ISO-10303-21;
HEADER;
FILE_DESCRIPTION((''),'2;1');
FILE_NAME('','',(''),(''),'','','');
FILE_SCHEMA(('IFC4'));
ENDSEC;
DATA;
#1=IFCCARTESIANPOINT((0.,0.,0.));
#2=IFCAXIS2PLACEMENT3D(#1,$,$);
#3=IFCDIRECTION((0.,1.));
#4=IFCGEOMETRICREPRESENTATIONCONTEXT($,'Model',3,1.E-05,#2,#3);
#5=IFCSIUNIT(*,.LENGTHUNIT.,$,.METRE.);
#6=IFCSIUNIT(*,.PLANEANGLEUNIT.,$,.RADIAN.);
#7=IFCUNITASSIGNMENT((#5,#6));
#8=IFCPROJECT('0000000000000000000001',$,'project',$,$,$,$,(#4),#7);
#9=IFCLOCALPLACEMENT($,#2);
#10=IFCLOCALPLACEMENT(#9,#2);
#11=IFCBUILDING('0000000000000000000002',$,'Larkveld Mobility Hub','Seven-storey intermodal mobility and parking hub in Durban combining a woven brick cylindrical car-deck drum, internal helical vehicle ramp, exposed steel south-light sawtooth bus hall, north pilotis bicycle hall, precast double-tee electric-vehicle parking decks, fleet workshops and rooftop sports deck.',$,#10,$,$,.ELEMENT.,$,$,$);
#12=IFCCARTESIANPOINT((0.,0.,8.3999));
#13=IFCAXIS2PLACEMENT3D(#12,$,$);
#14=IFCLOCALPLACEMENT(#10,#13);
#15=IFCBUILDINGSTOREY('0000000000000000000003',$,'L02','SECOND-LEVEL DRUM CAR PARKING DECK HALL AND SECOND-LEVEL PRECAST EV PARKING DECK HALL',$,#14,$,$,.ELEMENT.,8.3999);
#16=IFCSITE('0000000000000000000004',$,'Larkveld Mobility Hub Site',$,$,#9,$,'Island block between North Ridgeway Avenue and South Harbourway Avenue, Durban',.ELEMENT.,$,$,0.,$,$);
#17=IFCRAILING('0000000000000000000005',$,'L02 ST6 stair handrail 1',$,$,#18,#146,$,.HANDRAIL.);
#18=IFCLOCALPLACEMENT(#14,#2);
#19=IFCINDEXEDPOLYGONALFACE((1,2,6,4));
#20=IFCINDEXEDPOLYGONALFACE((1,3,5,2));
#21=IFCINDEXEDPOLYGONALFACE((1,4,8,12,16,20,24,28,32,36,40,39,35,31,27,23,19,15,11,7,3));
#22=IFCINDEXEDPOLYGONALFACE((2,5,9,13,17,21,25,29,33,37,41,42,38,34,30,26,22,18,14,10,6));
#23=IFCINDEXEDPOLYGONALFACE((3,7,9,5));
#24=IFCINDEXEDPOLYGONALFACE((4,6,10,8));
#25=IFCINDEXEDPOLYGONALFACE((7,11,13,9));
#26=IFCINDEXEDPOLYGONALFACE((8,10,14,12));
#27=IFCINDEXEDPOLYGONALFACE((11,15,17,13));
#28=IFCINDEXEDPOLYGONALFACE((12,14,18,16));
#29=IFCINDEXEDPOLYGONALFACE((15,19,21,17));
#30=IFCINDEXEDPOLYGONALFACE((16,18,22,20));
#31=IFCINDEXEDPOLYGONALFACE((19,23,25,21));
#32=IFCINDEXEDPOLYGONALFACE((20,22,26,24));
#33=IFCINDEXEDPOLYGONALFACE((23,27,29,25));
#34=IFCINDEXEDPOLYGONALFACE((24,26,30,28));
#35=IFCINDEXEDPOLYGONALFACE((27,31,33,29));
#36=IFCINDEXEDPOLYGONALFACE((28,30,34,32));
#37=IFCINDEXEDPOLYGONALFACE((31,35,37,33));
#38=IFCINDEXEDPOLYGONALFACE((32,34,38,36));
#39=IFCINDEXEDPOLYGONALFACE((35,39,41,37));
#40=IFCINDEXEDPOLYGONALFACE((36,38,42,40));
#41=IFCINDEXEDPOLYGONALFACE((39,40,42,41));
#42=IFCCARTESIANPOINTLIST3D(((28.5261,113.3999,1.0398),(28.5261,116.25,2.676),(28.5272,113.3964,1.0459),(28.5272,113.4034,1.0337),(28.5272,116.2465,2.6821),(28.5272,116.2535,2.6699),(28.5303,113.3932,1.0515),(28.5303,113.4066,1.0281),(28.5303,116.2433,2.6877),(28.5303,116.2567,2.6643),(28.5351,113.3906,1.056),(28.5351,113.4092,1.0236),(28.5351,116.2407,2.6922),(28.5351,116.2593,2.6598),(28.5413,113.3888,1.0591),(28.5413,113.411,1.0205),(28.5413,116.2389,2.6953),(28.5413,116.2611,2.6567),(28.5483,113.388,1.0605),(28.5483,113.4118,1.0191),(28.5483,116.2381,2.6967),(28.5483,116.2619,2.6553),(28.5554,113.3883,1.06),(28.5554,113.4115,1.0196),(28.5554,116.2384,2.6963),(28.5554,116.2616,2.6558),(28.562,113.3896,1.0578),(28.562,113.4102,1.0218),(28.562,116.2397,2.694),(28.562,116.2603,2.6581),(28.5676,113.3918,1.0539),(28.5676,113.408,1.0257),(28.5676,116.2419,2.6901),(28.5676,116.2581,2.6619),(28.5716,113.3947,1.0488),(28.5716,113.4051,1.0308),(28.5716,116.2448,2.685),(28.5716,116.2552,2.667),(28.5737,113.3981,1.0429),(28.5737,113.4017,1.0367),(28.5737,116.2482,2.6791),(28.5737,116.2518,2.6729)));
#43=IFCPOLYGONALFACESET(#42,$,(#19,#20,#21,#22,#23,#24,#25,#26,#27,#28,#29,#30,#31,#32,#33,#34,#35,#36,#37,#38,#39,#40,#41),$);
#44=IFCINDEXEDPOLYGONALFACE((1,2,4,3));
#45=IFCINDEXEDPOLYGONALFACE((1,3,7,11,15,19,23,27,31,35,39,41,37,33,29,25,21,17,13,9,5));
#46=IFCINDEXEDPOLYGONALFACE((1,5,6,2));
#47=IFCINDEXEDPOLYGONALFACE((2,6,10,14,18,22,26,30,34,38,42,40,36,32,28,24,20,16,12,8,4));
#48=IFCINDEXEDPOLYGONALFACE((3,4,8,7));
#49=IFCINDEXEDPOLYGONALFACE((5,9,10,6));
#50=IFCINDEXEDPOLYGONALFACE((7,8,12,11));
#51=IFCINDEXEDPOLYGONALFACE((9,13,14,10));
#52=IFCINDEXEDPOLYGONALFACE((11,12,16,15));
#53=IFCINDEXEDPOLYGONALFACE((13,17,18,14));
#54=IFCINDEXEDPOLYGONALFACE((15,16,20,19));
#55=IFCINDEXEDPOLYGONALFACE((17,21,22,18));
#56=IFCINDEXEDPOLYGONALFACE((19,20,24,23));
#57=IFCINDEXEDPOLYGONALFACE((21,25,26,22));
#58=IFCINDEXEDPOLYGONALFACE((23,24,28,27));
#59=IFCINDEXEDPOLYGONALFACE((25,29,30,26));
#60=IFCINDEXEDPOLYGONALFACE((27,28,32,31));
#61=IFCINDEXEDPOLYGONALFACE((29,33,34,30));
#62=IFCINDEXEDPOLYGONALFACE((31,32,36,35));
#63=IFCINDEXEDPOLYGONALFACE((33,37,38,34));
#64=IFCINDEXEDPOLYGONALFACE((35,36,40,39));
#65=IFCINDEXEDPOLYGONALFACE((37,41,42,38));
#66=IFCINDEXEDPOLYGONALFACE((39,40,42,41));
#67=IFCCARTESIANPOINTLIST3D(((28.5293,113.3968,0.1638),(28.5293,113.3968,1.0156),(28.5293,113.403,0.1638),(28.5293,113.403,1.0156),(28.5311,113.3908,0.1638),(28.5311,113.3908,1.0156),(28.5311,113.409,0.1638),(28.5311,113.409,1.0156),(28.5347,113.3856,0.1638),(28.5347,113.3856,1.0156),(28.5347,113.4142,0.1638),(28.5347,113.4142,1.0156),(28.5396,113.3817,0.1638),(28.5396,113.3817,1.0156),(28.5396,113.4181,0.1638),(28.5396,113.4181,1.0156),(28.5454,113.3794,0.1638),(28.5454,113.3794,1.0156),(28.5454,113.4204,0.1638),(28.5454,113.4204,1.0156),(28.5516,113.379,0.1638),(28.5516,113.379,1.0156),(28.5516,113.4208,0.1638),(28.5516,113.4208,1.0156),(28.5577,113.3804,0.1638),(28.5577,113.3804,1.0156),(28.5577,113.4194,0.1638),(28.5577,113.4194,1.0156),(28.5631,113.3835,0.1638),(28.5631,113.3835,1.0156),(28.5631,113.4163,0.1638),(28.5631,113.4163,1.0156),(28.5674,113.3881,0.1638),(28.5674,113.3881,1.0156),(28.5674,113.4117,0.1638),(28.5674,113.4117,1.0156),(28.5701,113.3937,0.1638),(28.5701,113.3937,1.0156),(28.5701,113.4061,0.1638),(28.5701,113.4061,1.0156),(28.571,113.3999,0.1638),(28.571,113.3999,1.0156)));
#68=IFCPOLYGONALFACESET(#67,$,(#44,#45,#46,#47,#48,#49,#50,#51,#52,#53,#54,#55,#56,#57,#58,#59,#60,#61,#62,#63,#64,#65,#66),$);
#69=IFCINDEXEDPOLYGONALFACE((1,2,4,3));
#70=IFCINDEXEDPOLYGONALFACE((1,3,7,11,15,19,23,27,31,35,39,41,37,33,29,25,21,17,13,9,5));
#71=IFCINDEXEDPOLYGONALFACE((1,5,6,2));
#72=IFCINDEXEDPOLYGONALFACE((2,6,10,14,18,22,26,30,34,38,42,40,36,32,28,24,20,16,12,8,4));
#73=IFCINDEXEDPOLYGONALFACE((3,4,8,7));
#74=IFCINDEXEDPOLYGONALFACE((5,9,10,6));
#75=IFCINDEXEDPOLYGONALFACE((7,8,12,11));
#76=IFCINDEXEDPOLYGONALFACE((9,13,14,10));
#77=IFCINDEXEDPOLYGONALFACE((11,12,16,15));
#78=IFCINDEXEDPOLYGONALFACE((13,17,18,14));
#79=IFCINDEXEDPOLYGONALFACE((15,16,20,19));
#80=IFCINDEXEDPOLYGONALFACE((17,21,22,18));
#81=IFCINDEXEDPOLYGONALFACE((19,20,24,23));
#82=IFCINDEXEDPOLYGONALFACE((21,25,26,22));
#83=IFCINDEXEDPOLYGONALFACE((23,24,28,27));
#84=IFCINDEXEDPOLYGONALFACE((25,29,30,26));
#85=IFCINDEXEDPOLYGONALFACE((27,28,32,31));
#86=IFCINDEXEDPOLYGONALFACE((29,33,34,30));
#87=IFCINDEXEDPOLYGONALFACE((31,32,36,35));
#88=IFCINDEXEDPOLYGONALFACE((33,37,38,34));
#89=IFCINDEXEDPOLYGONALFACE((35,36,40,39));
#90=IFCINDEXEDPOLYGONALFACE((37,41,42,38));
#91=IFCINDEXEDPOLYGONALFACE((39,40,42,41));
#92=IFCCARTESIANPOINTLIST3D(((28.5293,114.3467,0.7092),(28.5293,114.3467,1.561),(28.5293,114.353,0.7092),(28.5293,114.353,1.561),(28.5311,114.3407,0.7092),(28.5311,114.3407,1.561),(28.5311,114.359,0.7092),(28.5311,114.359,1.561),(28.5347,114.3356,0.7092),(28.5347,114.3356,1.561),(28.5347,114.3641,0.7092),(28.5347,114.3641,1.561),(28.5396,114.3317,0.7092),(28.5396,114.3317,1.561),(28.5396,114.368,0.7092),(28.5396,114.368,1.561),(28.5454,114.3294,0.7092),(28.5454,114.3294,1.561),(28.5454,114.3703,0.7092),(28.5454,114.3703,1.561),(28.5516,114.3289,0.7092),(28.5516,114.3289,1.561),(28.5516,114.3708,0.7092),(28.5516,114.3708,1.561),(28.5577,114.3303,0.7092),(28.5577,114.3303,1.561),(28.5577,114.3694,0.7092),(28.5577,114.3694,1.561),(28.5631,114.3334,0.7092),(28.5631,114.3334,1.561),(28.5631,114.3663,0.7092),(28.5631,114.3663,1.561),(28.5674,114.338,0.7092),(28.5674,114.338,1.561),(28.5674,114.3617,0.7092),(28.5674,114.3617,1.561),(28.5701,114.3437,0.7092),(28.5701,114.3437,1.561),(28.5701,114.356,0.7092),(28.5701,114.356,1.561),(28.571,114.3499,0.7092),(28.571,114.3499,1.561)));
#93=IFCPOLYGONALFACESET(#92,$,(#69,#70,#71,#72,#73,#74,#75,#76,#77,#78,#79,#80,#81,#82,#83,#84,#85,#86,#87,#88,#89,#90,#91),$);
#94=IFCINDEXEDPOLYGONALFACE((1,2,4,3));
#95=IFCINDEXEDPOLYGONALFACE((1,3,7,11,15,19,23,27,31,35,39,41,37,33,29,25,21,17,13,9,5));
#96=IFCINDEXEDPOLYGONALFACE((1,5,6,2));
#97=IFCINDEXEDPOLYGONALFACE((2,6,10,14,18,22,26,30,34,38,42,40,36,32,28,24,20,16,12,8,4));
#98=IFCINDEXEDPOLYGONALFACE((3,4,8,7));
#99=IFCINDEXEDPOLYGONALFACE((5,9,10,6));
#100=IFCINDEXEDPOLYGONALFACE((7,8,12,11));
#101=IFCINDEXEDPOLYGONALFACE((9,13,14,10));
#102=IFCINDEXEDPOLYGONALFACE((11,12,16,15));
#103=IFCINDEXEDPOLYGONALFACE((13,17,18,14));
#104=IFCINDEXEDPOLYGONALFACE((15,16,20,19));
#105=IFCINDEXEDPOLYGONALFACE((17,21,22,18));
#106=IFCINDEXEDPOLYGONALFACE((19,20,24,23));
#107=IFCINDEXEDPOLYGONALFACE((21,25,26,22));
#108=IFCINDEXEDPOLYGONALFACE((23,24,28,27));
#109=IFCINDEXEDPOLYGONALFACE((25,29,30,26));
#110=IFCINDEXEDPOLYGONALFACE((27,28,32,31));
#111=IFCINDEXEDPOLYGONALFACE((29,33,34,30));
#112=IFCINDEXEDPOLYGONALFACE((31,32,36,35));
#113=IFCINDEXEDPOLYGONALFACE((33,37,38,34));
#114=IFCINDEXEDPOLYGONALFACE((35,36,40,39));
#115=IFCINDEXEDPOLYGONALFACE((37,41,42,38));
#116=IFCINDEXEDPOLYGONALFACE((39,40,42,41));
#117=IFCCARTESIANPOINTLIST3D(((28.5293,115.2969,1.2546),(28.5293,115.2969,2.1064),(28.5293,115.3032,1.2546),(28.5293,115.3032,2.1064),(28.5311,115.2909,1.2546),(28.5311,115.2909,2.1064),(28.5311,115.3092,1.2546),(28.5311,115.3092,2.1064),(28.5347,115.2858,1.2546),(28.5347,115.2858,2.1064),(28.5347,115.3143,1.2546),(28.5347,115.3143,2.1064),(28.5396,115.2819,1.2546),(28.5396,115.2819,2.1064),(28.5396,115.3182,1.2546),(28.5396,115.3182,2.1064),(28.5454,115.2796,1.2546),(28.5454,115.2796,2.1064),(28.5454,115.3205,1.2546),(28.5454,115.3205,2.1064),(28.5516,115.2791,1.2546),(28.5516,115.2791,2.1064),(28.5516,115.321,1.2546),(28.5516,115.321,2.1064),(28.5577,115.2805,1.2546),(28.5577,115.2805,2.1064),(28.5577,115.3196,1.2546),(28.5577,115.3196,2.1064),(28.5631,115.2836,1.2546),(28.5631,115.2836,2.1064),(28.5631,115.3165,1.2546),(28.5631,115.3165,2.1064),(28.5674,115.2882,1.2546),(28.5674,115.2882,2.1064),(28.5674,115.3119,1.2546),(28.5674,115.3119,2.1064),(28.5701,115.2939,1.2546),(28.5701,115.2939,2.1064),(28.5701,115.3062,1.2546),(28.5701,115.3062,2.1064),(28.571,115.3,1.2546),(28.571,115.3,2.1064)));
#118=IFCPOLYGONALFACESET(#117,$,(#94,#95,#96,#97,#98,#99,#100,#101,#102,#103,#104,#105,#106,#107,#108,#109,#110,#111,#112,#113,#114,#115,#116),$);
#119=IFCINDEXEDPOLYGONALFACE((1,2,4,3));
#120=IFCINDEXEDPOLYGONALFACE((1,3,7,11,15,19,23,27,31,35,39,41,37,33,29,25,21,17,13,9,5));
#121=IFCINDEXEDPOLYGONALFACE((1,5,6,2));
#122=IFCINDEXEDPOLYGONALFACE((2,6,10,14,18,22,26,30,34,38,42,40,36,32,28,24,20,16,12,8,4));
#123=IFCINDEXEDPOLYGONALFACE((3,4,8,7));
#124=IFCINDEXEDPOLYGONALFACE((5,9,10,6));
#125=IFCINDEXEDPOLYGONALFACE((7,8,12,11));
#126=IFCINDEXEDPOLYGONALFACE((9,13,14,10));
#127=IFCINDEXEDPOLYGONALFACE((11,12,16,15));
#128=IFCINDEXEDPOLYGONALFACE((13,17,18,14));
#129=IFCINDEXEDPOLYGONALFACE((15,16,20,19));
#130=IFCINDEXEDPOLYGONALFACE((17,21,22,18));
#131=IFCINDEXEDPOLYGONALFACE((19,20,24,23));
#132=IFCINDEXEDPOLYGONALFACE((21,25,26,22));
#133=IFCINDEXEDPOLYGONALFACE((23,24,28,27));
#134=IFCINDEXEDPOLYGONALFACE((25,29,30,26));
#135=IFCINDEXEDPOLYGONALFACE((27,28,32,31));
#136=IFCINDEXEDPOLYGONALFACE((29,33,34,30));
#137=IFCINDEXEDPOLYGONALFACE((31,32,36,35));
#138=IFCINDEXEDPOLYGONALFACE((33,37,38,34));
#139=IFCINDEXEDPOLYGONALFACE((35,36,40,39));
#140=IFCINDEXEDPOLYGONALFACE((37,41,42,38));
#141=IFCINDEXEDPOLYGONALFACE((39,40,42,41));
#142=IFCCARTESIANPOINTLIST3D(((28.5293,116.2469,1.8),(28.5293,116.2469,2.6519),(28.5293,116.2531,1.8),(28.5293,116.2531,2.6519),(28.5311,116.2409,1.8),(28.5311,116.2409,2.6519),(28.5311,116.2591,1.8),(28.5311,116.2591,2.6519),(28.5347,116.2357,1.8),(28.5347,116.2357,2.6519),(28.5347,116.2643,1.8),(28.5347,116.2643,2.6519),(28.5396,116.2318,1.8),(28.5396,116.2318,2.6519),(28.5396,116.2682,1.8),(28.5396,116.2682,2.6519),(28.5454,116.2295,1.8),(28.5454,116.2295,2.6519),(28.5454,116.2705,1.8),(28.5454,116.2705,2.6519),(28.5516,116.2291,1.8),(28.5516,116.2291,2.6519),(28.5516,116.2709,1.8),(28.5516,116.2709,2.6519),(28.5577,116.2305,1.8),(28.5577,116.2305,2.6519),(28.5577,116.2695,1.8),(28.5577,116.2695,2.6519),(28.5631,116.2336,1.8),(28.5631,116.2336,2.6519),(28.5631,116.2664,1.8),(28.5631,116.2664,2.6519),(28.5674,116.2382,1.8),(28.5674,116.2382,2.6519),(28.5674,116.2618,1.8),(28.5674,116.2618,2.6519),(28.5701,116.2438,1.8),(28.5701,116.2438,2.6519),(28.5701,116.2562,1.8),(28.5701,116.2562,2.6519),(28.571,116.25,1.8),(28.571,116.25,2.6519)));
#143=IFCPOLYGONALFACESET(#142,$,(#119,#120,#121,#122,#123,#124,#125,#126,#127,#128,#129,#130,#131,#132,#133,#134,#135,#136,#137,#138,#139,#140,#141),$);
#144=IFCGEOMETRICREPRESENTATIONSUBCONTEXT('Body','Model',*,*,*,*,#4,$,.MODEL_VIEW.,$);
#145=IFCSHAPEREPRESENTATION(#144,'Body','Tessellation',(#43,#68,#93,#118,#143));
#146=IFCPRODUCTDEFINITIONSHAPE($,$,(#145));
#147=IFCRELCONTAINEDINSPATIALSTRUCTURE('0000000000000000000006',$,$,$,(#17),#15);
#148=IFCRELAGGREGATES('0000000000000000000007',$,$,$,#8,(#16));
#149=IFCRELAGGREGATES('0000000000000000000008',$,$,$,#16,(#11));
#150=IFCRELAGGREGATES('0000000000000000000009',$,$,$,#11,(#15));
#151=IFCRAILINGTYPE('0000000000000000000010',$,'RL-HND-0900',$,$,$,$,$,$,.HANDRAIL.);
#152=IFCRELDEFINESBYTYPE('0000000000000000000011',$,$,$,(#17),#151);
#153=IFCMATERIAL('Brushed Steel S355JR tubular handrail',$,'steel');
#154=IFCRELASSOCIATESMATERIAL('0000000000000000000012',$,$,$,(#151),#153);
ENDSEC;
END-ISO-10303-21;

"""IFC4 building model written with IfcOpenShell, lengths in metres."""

from ifc_helpers import new_model, si_unit, direction, frame, origin, origin_2d, place, context, subcontext, project, spatial, circle, extrude, material, type_object, element, save


model = new_model("IFC4")

# Units and contexts
model_context = context("Model", 3, precision=1e-05, world=origin(), true_north=direction((0.0, 1.0)))
body_context = subcontext(model_context, "Body", "Model", "MODEL_VIEW")
ifc_project = project(units=[si_unit("LENGTHUNIT", "METRE"), si_unit("PLANEANGLEUNIT", "RADIAN")], contexts=[model_context])

# Site, building, storey
site_placement = place(None, origin())
site = spatial("IfcSite", under=ifc_project, at=site_placement, Name="Larkveld Mobility Hub Site", LongName="Island block between North Ridgeway Avenue and South Harbourway Avenue, Durban", CompositionType="ELEMENT", RefElevation=0.0)
building_placement = place(site_placement, origin())
building = spatial("IfcBuilding", under=site, at=building_placement, Name="Larkveld Mobility Hub", Description="Seven-storey intermodal mobility and parking hub in Durban combining a woven brick cylindrical car-deck drum, internal helical vehicle ramp, exposed steel south-light sawtooth bus hall, north pilotis bicycle hall, precast double-tee electric-vehicle parking decks, fleet workshops and rooftop sports deck.", CompositionType="ELEMENT")
storey_placement = place(building_placement, frame((0.0, 0.0, 8.3999)))
storey = spatial("IfcBuildingStorey", under=building, at=storey_placement, Name="L02", Description="SECOND-LEVEL DRUM CAR PARKING DECK HALL AND SECOND-LEVEL PRECAST EV PARKING DECK HALL", CompositionType="ELEMENT", Elevation=8.3999)

# Railing
ifc_material_1 = material(Name="Brushed Steel S355JR tubular handrail", Category="steel")
railing_type_1 = type_object("IfcRailingType", Name="RL-HND-0900", PredefinedType="HANDRAIL", material=ifc_material_1)
railing_1_placement = place(storey_placement, frame((28.55, 113.3999, 0.1638)))
element("IfcRailing", 1, at=railing_1_placement, inside=storey, type_object=railing_type_1, Name="L02 ST6 stair handrail 1", PredefinedType="HANDRAIL", context=body_context, shape_type="SweptSolid", body=[
    extrude(circle(Radius=0.0239, at=origin_2d()), frame((0.0, 0.0, 0.876), z_axis=(0.0, 0.867245, 0.497882), x_axis=(-1.0, 0.0, 0.0)), (0.0, 0.0, 1.0), 3.2864),
    extrude(circle(Radius=0.021, at=origin_2d()), origin(), (0.0, 0.0, 1.0), 0.8518),
    extrude(circle(Radius=0.021, at=origin_2d()), frame((0.0, 0.95, 0.5454)), (0.0, 0.0, 1.0), 0.8518),
    extrude(circle(Radius=0.021, at=origin_2d()), frame((0.0, 1.9001, 1.0908)), (0.0, 0.0, 1.0), 0.8518),
    extrude(circle(Radius=0.021, at=origin_2d()), frame((0.0, 2.8501, 1.6362)), (0.0, 0.0, 1.0), 0.8518),
])

save(model, "model.ifc")
